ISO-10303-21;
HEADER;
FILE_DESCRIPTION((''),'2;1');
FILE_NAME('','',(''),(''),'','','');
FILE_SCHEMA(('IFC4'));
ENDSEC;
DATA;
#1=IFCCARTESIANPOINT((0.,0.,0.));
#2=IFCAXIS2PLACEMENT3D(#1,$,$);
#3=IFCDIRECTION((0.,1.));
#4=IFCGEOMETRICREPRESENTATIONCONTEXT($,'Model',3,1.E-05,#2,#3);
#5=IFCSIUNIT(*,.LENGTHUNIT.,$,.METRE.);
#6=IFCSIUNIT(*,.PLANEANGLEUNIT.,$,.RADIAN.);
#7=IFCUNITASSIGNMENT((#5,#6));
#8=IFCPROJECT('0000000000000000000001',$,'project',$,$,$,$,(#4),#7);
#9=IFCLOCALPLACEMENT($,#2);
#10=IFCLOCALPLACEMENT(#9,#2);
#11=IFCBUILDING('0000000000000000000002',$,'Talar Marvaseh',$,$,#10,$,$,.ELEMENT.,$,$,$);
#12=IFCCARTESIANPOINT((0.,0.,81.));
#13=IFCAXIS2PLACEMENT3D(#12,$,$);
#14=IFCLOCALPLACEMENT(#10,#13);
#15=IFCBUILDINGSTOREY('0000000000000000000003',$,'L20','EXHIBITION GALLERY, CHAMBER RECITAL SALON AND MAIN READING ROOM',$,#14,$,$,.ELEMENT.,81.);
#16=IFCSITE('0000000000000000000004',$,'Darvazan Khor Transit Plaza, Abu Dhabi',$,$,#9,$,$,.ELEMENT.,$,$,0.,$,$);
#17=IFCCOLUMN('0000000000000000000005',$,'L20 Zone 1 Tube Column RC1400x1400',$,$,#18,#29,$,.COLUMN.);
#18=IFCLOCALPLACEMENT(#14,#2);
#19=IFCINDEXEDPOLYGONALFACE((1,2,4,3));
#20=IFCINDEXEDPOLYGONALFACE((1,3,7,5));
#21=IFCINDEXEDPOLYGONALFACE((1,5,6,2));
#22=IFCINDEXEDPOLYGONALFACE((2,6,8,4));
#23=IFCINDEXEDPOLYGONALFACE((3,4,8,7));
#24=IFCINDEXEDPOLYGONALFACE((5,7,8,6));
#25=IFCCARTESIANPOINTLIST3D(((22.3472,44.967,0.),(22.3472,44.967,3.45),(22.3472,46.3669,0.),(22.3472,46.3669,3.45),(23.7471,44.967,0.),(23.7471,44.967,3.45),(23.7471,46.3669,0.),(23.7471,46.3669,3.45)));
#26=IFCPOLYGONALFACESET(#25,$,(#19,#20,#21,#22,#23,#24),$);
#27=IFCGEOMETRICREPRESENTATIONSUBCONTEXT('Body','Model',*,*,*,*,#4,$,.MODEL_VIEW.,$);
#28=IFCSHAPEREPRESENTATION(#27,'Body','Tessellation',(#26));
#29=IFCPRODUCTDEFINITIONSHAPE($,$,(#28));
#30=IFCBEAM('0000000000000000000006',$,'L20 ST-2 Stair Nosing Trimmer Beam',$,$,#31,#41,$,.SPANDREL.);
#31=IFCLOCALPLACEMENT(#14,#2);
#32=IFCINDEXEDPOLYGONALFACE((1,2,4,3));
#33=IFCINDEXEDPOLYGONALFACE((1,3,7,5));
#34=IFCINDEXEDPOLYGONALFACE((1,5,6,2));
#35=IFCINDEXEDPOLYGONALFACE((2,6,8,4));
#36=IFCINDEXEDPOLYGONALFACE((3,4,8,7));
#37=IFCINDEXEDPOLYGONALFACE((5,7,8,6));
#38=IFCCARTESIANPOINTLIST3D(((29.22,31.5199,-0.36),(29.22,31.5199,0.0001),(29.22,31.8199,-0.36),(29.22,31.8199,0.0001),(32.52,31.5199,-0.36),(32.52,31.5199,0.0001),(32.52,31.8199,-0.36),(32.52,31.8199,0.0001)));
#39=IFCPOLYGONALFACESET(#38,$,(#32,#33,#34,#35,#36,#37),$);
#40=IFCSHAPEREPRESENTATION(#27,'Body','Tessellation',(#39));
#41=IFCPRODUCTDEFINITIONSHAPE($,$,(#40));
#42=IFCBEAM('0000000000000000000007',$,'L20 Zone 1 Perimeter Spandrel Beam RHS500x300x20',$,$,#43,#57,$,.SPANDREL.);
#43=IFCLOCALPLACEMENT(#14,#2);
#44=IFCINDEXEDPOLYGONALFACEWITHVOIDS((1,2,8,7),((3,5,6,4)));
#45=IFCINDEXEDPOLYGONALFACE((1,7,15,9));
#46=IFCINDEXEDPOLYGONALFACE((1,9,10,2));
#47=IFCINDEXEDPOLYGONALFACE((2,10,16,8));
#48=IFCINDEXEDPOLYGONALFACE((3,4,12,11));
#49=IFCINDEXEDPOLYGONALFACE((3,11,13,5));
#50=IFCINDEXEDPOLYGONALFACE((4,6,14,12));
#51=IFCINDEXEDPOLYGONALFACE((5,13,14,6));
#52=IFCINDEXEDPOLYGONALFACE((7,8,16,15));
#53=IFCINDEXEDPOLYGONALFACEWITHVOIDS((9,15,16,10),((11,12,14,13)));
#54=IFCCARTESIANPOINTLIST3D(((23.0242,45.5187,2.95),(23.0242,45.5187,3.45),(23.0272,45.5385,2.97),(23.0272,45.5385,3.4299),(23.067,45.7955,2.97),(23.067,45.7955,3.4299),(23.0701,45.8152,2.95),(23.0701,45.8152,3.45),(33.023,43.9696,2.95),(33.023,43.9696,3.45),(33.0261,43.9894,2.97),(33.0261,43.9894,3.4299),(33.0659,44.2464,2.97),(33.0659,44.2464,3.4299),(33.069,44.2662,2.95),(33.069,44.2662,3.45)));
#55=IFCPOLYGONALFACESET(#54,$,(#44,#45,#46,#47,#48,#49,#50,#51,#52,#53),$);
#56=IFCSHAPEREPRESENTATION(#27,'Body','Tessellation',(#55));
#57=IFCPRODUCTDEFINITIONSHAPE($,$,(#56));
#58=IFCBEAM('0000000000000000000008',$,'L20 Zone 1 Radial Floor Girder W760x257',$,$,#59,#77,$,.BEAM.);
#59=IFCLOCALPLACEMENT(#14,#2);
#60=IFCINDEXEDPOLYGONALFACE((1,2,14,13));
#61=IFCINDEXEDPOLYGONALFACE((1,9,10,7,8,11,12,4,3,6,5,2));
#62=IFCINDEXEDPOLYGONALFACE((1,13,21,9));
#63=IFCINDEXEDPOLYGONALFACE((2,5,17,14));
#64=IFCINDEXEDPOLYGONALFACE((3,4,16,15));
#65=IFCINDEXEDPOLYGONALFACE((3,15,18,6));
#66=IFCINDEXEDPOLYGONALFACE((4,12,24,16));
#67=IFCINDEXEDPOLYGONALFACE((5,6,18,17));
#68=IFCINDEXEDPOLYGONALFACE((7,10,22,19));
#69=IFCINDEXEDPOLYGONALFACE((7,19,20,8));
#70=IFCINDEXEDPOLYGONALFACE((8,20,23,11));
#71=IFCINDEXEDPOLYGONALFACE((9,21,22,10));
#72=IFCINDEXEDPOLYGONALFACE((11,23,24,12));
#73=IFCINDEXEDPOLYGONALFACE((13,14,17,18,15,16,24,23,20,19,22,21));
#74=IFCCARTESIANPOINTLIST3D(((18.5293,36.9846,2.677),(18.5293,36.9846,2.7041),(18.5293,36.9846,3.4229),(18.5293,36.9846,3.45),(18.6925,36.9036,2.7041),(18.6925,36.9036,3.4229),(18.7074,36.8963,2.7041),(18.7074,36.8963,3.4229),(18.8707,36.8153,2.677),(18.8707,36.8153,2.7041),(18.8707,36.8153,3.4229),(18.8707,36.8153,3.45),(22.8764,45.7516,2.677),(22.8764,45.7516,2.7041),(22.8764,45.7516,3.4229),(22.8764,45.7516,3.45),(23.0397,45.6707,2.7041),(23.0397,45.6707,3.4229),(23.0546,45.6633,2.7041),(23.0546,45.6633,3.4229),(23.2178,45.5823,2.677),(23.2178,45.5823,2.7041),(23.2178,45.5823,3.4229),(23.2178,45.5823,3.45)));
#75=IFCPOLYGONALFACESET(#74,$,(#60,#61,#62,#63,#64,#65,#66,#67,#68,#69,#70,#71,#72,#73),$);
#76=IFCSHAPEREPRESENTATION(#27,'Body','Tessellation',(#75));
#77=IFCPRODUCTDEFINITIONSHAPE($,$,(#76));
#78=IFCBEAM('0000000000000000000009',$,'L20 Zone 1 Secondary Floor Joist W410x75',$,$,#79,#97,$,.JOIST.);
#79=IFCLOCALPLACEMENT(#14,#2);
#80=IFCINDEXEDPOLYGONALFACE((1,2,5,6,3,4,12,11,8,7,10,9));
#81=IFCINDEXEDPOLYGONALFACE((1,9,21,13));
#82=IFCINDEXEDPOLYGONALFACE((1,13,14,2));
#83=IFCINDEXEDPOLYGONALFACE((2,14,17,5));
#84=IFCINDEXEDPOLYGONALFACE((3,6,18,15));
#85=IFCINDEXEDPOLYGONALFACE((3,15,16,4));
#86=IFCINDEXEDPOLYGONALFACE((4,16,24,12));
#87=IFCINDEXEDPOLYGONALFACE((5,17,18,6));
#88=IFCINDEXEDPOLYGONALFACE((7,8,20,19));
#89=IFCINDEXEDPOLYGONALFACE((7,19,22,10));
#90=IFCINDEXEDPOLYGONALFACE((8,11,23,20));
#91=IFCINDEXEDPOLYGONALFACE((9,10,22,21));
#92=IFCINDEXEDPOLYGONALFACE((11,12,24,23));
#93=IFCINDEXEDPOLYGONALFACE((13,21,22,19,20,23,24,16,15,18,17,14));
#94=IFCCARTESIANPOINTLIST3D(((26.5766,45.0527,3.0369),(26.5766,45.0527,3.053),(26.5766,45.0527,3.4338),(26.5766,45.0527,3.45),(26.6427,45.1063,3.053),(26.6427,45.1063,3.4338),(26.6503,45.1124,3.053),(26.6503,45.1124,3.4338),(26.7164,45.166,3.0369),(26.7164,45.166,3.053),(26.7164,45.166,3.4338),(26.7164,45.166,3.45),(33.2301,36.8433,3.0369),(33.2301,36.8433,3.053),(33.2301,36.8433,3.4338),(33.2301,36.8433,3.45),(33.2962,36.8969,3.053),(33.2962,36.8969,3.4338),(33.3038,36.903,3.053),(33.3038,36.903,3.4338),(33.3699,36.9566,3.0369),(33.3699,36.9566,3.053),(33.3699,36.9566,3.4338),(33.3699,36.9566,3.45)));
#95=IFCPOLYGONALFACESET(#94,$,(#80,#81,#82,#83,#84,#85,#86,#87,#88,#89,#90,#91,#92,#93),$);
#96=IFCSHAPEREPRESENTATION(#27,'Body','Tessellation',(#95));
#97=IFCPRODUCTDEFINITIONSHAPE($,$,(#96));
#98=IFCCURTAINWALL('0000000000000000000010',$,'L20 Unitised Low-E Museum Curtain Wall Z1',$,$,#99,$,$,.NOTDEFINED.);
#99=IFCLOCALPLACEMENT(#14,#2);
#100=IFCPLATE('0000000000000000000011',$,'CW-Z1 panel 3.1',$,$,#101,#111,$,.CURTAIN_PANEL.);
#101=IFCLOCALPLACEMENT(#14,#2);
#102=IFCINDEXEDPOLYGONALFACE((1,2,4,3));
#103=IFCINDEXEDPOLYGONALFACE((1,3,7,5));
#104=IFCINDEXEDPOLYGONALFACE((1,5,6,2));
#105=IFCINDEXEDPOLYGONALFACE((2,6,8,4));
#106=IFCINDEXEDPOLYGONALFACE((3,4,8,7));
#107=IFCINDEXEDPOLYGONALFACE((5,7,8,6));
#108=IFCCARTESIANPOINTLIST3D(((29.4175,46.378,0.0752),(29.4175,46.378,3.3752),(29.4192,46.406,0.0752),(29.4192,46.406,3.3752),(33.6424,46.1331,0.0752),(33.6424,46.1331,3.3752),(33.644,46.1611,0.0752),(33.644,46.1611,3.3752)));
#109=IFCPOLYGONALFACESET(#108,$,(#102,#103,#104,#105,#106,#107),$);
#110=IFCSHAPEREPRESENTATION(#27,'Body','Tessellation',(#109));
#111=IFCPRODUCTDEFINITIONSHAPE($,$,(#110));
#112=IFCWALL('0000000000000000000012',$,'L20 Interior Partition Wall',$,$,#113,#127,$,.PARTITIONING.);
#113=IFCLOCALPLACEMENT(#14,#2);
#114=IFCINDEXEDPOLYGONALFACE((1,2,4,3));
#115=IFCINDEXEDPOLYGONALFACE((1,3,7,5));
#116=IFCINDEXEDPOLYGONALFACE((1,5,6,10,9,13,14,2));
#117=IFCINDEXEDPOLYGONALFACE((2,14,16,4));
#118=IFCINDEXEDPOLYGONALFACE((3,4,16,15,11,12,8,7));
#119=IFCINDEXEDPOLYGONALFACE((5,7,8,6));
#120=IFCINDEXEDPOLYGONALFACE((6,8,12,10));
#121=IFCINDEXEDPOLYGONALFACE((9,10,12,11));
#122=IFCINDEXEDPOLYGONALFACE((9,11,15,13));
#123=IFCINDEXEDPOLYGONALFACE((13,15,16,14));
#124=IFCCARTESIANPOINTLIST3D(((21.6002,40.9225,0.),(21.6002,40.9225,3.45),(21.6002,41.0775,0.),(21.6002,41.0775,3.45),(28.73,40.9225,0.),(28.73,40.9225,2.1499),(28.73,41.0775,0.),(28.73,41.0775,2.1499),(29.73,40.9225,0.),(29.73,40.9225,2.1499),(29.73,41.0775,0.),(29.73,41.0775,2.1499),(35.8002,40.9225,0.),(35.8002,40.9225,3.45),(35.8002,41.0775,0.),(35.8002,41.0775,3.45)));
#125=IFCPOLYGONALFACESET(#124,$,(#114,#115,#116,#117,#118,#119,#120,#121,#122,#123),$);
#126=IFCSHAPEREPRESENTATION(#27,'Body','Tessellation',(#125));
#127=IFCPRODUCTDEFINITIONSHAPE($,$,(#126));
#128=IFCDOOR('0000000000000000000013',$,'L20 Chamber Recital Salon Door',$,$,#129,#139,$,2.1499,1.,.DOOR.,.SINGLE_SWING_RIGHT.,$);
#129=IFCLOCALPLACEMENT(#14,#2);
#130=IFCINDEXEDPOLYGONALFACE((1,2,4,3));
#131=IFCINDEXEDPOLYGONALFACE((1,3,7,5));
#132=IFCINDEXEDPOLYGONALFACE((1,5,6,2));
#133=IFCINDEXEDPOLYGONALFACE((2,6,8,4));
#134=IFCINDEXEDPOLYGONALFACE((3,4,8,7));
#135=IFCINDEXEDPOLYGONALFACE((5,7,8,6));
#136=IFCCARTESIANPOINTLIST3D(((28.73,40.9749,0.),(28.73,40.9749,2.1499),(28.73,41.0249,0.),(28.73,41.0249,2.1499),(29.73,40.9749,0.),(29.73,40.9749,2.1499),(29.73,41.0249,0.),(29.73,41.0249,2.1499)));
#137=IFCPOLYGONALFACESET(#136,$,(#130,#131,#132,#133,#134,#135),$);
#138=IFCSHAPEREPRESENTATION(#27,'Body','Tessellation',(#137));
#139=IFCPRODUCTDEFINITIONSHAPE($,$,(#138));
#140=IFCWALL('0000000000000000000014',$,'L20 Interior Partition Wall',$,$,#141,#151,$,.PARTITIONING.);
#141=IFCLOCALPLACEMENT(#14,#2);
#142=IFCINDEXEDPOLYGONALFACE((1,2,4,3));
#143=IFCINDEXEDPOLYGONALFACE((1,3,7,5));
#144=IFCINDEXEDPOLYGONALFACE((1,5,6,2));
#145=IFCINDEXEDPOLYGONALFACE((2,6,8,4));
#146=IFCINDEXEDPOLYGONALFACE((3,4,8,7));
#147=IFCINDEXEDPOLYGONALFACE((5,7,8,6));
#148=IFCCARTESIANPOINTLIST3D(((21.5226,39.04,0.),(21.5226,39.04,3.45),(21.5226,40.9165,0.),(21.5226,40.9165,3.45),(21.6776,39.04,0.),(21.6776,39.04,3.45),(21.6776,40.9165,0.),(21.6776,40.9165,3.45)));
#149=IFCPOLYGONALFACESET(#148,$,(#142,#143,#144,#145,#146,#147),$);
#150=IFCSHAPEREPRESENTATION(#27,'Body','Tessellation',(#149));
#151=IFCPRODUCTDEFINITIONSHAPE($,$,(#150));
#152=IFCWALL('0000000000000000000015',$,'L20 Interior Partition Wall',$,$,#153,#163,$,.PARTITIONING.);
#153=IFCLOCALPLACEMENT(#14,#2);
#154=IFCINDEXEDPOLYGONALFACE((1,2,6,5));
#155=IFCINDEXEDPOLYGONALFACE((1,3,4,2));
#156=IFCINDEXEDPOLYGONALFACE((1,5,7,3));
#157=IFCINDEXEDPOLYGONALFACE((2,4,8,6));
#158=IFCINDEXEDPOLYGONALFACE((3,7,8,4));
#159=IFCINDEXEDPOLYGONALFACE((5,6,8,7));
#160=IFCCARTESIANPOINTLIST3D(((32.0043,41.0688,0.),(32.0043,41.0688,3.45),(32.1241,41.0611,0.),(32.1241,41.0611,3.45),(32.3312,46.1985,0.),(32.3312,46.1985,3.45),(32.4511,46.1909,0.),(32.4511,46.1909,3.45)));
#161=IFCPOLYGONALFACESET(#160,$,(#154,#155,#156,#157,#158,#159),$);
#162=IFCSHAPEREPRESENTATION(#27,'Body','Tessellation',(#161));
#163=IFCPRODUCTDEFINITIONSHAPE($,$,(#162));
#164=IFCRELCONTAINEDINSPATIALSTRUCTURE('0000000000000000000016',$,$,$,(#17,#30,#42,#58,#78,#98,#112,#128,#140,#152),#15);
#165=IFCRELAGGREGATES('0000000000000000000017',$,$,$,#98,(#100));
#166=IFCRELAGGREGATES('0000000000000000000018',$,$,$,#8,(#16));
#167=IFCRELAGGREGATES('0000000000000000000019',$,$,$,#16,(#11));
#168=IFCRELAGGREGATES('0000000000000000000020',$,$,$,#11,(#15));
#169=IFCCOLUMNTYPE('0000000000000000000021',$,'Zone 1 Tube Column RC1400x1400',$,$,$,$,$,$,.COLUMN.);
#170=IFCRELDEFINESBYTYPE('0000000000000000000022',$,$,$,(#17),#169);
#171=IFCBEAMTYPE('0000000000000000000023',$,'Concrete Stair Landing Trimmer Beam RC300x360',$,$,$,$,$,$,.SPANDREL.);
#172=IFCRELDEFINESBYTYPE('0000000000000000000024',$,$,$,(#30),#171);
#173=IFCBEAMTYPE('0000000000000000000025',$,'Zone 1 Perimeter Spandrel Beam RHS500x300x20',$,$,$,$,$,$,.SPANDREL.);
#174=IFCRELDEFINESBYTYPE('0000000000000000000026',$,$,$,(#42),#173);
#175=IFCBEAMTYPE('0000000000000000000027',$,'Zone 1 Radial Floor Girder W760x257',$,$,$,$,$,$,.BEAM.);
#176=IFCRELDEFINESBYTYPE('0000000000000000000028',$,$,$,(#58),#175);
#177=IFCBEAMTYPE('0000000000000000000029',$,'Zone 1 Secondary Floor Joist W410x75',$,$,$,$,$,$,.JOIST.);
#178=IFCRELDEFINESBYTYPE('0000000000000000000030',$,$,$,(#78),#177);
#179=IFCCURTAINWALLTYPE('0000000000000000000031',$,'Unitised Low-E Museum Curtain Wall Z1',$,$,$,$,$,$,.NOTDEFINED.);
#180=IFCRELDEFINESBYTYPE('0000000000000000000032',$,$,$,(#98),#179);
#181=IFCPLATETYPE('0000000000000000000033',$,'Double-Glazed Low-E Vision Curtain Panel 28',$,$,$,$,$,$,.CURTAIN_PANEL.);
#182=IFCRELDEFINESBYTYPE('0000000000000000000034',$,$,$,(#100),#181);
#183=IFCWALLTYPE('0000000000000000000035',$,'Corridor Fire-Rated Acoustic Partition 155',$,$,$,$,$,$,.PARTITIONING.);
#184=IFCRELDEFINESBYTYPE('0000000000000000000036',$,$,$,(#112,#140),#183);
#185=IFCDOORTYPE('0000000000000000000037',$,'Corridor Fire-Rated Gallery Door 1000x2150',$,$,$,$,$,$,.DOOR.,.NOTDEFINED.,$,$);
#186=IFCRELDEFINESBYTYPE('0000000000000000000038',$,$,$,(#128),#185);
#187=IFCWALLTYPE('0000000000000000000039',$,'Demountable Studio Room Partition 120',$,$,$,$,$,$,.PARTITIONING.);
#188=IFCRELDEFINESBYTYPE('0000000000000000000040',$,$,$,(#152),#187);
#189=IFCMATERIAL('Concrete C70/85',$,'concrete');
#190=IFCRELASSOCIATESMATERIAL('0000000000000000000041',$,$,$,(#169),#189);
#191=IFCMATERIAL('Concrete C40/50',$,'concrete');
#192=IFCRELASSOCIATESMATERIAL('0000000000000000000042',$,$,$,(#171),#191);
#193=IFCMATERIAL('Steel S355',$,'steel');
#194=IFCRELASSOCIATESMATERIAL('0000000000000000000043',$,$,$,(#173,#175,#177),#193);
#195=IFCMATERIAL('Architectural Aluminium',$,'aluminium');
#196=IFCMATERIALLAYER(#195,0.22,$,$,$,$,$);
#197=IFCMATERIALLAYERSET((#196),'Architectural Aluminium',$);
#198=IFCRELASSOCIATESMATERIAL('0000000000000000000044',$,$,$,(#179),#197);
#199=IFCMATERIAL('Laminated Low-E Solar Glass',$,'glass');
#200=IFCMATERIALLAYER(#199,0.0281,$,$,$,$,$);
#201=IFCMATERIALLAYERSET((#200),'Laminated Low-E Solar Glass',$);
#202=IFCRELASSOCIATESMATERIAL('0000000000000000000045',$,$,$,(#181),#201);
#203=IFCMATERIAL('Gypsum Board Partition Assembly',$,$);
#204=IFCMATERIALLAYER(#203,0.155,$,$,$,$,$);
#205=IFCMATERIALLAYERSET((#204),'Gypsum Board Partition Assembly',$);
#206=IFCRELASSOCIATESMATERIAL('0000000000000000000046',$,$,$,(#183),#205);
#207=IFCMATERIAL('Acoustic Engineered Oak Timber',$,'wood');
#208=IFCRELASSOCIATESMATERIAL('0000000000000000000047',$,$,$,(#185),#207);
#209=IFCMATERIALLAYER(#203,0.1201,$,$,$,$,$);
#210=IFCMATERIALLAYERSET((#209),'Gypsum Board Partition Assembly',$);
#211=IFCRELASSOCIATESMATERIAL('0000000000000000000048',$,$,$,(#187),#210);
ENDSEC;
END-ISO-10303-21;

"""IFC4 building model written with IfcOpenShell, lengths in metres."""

from ifc_helpers import new_model, si_unit, direction, frame, frame_2d, origin, origin_2d, place, context, subcontext, project, spatial, rectangle, hollow_rectangle, i_section, extrude, source, transform, mapped, material, layer, layer_set, material_profile, profile_set, type_object, type_shapes, element, fill, aggregate, save


model = new_model("IFC4")

# Units and contexts
model_context = context("Model", 3, precision=1e-05, world=origin(), true_north=direction((0.0, 1.0)))
body_context = subcontext(model_context, "Body", "Model", "MODEL_VIEW")
ifc_project = project(units=[si_unit("LENGTHUNIT", "METRE"), si_unit("PLANEANGLEUNIT", "RADIAN")], contexts=[model_context])

# Site, building, storey
site_placement = place(None, origin())
site = spatial("IfcSite", under=ifc_project, at=site_placement, Name="Darvazan Khor Transit Plaza, Abu Dhabi", CompositionType="ELEMENT", RefElevation=0.0)
building_placement = place(site_placement, origin())
building = spatial("IfcBuilding", under=site, at=building_placement, Name="Talar Marvaseh", CompositionType="ELEMENT")
storey_placement = place(building_placement, frame((0.0, 0.0, 81.0)))
storey = spatial("IfcBuildingStorey", under=building, at=storey_placement, Name="L20", Description="EXHIBITION GALLERY, CHAMBER RECITAL SALON AND MAIN READING ROOM", CompositionType="ELEMENT", Elevation=81.0)

# Column
ifc_material_1 = material(Name="Concrete C70/85", Category="concrete")
ifc_material_profile_1 = material_profile(ifc_material_1, rectangle(XDim=1.3999, YDim=1.3999, at=origin_2d()), Name="RC1400x1400")
ifc_profile_set_1 = profile_set([ifc_material_profile_1], Name="Concrete C70/85")
column_type = type_object("IfcColumnType", Name="Zone 1 Tube Column RC1400x1400", PredefinedType="COLUMN", material=ifc_profile_set_1)
column_placement = place(storey_placement, frame((23.0471, 45.667, 0.0), z_axis=(0.0, 0.0, 1.0), x_axis=(1.0, 0.0, 0.0)))
element("IfcColumn", 1, at=column_placement, inside=storey, type_object=column_type, Name="L20 Zone 1 Tube Column RC1400x1400", PredefinedType="COLUMN", context=body_context, shape_type="SweptSolid", body=[
    extrude(rectangle(XDim=1.3999, YDim=1.3999, at=origin_2d()), origin(), (0.0, 0.0, 1.0), 3.45),
])

# Beams
ifc_material_2 = material(Name="Concrete C40/50", Category="concrete")
ifc_material_profile_2 = material_profile(ifc_material_2, rectangle(XDim=0.3, YDim=0.3601, at=origin_2d()), Name="RC300x360")
ifc_profile_set_2 = profile_set([ifc_material_profile_2], Name="Concrete C40/50")
beam_type_1 = type_object("IfcBeamType", Name="Concrete Stair Landing Trimmer Beam RC300x360", PredefinedType="SPANDREL", material=ifc_profile_set_2)
beam_1_placement = place(storey_placement, frame((29.22, 31.6699, -0.1799), z_axis=(1.0, 0.0, 0.0), x_axis=(0.0, 1.0, 0.0)))
element("IfcBeam", 2, at=beam_1_placement, inside=storey, type_object=beam_type_1, Name="L20 ST-2 Stair Nosing Trimmer Beam", PredefinedType="SPANDREL", context=body_context, shape_type="SweptSolid", body=[
    extrude(rectangle(XDim=0.3, YDim=0.3601, at=origin_2d()), origin(), (0.0, 0.0, 1.0), 3.3),
])
ifc_material_3 = material(Name="Steel S355", Category="steel")
ifc_material_profile_3 = material_profile(ifc_material_3, hollow_rectangle(XDim=0.3, YDim=0.5, WallThickness=0.02, at=origin_2d()), Name="RHS500x300x20")
ifc_profile_set_3 = profile_set([ifc_material_profile_3], Name="Steel S355")
beam_type_2 = type_object("IfcBeamType", Name="Zone 1 Perimeter Spandrel Beam RHS500x300x20", PredefinedType="SPANDREL", material=ifc_profile_set_3)
beam_2_placement = place(storey_placement, frame((23.0471, 45.667, 3.2), z_axis=(0.988211, -0.1531, 0.0), x_axis=(0.1531, 0.988211, 0.0)))
element("IfcBeam", 3, at=beam_2_placement, inside=storey, type_object=beam_type_2, Name="L20 Zone 1 Perimeter Spandrel Beam RHS500x300x20", PredefinedType="SPANDREL", context=body_context, shape_type="SweptSolid", body=[
    extrude(hollow_rectangle(XDim=0.3, YDim=0.5, WallThickness=0.02, at=origin_2d()), origin(), (0.0, 0.0, 1.0), 10.1182),
])
ifc_material_profile_4 = material_profile(ifc_material_3, i_section(OverallWidth=0.3811, OverallDepth=0.7729, WebThickness=0.0166, FlangeThickness=0.0271, at=origin_2d()), Name="W760x257")
ifc_profile_set_4 = profile_set([ifc_material_profile_4], Name="Steel S355")
beam_type_3 = type_object("IfcBeamType", Name="Zone 1 Radial Floor Girder W760x257", PredefinedType="BEAM", material=ifc_profile_set_4)
beam_3_placement = place(storey_placement, frame((23.0471, 45.667, 3.0635), z_axis=(-0.444237, -0.895909, 0.0), x_axis=(0.895909, -0.444237, 0.0)))
element("IfcBeam", 4, at=beam_3_placement, inside=storey, type_object=beam_type_3, Name="L20 Zone 1 Radial Floor Girder W760x257", PredefinedType="BEAM", context=body_context, shape_type="SweptSolid", body=[
    extrude(i_section(OverallWidth=0.3811, OverallDepth=0.7729, WebThickness=0.0166, FlangeThickness=0.0271, at=origin_2d()), origin(), (0.0, 0.0, 1.0), 9.7856),
])
ifc_material_profile_5 = material_profile(ifc_material_3, i_section(OverallWidth=0.1799, OverallDepth=0.4131, WebThickness=0.0098, FlangeThickness=0.0161, at=origin_2d()), Name="W410x75")
ifc_profile_set_5 = profile_set([ifc_material_profile_5], Name="Steel S355")
beam_type_4 = type_object("IfcBeamType", Name="Zone 1 Secondary Floor Joist W410x75", PredefinedType="JOIST", material=ifc_profile_set_5)
beam_4_placement = place(storey_placement, frame((26.6465, 45.1094, 3.2434), z_axis=(0.629644, -0.776884, 0.0), x_axis=(0.776884, 0.629644, 0.0)))
element("IfcBeam", 5, at=beam_4_placement, inside=storey, type_object=beam_type_4, Name="L20 Zone 1 Secondary Floor Joist W410x75", PredefinedType="JOIST", context=body_context, shape_type="SweptSolid", body=[
    extrude(i_section(OverallWidth=0.1799, OverallDepth=0.4131, WebThickness=0.0098, FlangeThickness=0.0161, at=origin_2d()), origin(), (0.0, 0.0, 1.0), 10.5671),
])

# Curtain wall, plate
ifc_material_4 = material(Name="Architectural Aluminium", Category="aluminium")
ifc_layer_1 = layer(ifc_material_4, 0.22)
ifc_layer_set_1 = layer_set([ifc_layer_1], Name="Architectural Aluminium")
curtain_wall_type = type_object("IfcCurtainWallType", Name="Unitised Low-E Museum Curtain Wall Z1", PredefinedType="NOTDEFINED", material=ifc_layer_set_1)
curtain_wall_placement = place(storey_placement, origin())
curtain_wall = element("IfcCurtainWall", 6, at=curtain_wall_placement, inside=storey, type_object=curtain_wall_type, Name="L20 Unitised Low-E Museum Curtain Wall Z1", PredefinedType="NOTDEFINED")
ifc_material_5 = material(Name="Laminated Low-E Solar Glass", Category="glass")
ifc_layer_2 = layer(ifc_material_5, 0.0281)
ifc_layer_set_2 = layer_set([ifc_layer_2], Name="Laminated Low-E Solar Glass")
plate_type = type_object("IfcPlateType", Name="Double-Glazed Low-E Vision Curtain Panel 28", PredefinedType="CURTAIN_PANEL", material=ifc_layer_set_2)
shared_shape_1 = source(origin(), body_context, "Body", "SweptSolid", [
    extrude(rectangle(XDim=4.2319, YDim=0.0281, at=origin_2d()), origin(), (0.0, 0.0, 1.0), 3.3),
])
type_shapes(plate_type, [shared_shape_1])
plate_placement = place(storey_placement, frame((31.5308, 46.2695, 0.0752), z_axis=(0.0, 0.0, 1.0), x_axis=(0.998324, -0.057875, 0.0)))
plate = element("IfcPlate", 7, at=plate_placement, type_object=plate_type, Name="CW-Z1 panel 3.1", PredefinedType="CURTAIN_PANEL", context=body_context, shape_type="MappedRepresentation", body=[
    mapped(shared_shape_1, transform((0.0, 0.0, 0.0), x_axis=(1.0, 0.0, 0.0), y_axis=(0.0, 1.0, 0.0), z_axis=(0.0, 0.0, 1.0), scale=1.0)),
])
aggregate(curtain_wall, [plate])

# Wall, opening, door
ifc_material_6 = material(Name="Gypsum Board Partition Assembly")
ifc_layer_3 = layer(ifc_material_6, 0.155)
ifc_layer_set_3 = layer_set([ifc_layer_3], Name="Gypsum Board Partition Assembly")
wall_type_1 = type_object("IfcWallType", Name="Corridor Fire-Rated Acoustic Partition 155", PredefinedType="PARTITIONING", material=ifc_layer_set_3)
wall_1_placement = place(storey_placement, frame((21.6001, 41.0, 0.0), z_axis=(0.0, 0.0, 1.0), x_axis=(1.0, 0.0, 0.0)))
wall_1 = element("IfcWall", 8, at=wall_1_placement, inside=storey, type_object=wall_type_1, Name="L20 Interior Partition Wall", PredefinedType="PARTITIONING", context=body_context, shape_type="SweptSolid", body=[
    extrude(rectangle(XDim=14.2, YDim=0.155, at=frame_2d((7.1001, 0.0))), origin(), (0.0, 0.0, 1.0), 3.45),
])
opening_1_placement = place(wall_1_placement, frame((7.1299, 0.0, 0.0)))
opening_1 = element("IfcOpeningElement", 9, at=opening_1_placement, cuts=wall_1, PredefinedType="OPENING", context=body_context, shape_type="SweptSolid", body=[
    extrude(rectangle(XDim=1.0, YDim=2.1499, at=frame_2d((0.5, 1.075))), frame((0.0, 0.0874, 0.0), z_axis=(0.0, -1.0, 0.0), x_axis=(1.0, 0.0, 0.0)), (0.0, 0.0, 1.0), 0.175),
])
ifc_material_7 = material(Name="Acoustic Engineered Oak Timber", Category="wood")
door_type_1 = type_object("IfcDoorType", Name="Corridor Fire-Rated Gallery Door 1000x2150", OperationType="NOTDEFINED", PredefinedType="DOOR", material=ifc_material_7)
shared_shape_2 = source(origin(), body_context, "Body", "SweptSolid", [
    extrude(rectangle(XDim=1.0, YDim=2.1499, at=frame_2d((0.5, 1.075))), frame((0.0, 0.0249, 0.0), z_axis=(0.0, -1.0, 0.0), x_axis=(1.0, 0.0, 0.0)), (0.0, 0.0, 1.0), 0.05),
])
type_shapes(door_type_1, [shared_shape_2])
door_1_placement = place(opening_1_placement, origin())
door_1 = element("IfcDoor", 10, at=door_1_placement, inside=storey, type_object=door_type_1, Name="L20 Chamber Recital Salon Door", OperationType="SINGLE_SWING_RIGHT", OverallHeight=2.1499, OverallWidth=1.0, PredefinedType="DOOR", context=body_context, shape_type="MappedRepresentation", body=[
    mapped(shared_shape_2, transform((0.0, 0.0, 0.0), x_axis=(1.0, 0.0, 0.0), y_axis=(0.0, 1.0, 0.0), z_axis=(0.0, 0.0, 1.0), scale=1.0)),
])
fill(opening_1, door_1)

# Walls
wall_2_placement = place(storey_placement, frame((21.6001, 39.04, 0.0), z_axis=(0.0, 0.0, 1.0), x_axis=(0.0, 1.0, 0.0)))
element("IfcWall", 11, at=wall_2_placement, inside=storey, type_object=wall_type_1, Name="L20 Interior Partition Wall", PredefinedType="PARTITIONING", context=body_context, shape_type="SweptSolid", body=[
    extrude(rectangle(XDim=1.8765, YDim=0.155, at=frame_2d((0.9382, 0.0))), origin(), (0.0, 0.0, 1.0), 3.45),
])
ifc_layer_4 = layer(ifc_material_6, 0.1201)
ifc_layer_set_4 = layer_set([ifc_layer_4], Name="Gypsum Board Partition Assembly")
wall_type_2 = type_object("IfcWallType", Name="Demountable Studio Room Partition 120", PredefinedType="PARTITIONING", material=ifc_layer_set_4)
wall_3_placement = place(storey_placement, frame((32.0642, 41.0649, 0.0), z_axis=(0.0, 0.0, 1.0), x_axis=(0.0636, 0.997976, 0.0)))
element("IfcWall", 12, at=wall_3_placement, inside=storey, type_object=wall_type_2, Name="L20 Interior Partition Wall", PredefinedType="PARTITIONING", context=body_context, shape_type="SweptSolid", body=[
    extrude(rectangle(XDim=5.1401, YDim=0.1201, at=frame_2d((2.5701, 0.0))), origin(), (0.0, 0.0, 1.0), 3.45),
])

save(model, "model.ifc")
